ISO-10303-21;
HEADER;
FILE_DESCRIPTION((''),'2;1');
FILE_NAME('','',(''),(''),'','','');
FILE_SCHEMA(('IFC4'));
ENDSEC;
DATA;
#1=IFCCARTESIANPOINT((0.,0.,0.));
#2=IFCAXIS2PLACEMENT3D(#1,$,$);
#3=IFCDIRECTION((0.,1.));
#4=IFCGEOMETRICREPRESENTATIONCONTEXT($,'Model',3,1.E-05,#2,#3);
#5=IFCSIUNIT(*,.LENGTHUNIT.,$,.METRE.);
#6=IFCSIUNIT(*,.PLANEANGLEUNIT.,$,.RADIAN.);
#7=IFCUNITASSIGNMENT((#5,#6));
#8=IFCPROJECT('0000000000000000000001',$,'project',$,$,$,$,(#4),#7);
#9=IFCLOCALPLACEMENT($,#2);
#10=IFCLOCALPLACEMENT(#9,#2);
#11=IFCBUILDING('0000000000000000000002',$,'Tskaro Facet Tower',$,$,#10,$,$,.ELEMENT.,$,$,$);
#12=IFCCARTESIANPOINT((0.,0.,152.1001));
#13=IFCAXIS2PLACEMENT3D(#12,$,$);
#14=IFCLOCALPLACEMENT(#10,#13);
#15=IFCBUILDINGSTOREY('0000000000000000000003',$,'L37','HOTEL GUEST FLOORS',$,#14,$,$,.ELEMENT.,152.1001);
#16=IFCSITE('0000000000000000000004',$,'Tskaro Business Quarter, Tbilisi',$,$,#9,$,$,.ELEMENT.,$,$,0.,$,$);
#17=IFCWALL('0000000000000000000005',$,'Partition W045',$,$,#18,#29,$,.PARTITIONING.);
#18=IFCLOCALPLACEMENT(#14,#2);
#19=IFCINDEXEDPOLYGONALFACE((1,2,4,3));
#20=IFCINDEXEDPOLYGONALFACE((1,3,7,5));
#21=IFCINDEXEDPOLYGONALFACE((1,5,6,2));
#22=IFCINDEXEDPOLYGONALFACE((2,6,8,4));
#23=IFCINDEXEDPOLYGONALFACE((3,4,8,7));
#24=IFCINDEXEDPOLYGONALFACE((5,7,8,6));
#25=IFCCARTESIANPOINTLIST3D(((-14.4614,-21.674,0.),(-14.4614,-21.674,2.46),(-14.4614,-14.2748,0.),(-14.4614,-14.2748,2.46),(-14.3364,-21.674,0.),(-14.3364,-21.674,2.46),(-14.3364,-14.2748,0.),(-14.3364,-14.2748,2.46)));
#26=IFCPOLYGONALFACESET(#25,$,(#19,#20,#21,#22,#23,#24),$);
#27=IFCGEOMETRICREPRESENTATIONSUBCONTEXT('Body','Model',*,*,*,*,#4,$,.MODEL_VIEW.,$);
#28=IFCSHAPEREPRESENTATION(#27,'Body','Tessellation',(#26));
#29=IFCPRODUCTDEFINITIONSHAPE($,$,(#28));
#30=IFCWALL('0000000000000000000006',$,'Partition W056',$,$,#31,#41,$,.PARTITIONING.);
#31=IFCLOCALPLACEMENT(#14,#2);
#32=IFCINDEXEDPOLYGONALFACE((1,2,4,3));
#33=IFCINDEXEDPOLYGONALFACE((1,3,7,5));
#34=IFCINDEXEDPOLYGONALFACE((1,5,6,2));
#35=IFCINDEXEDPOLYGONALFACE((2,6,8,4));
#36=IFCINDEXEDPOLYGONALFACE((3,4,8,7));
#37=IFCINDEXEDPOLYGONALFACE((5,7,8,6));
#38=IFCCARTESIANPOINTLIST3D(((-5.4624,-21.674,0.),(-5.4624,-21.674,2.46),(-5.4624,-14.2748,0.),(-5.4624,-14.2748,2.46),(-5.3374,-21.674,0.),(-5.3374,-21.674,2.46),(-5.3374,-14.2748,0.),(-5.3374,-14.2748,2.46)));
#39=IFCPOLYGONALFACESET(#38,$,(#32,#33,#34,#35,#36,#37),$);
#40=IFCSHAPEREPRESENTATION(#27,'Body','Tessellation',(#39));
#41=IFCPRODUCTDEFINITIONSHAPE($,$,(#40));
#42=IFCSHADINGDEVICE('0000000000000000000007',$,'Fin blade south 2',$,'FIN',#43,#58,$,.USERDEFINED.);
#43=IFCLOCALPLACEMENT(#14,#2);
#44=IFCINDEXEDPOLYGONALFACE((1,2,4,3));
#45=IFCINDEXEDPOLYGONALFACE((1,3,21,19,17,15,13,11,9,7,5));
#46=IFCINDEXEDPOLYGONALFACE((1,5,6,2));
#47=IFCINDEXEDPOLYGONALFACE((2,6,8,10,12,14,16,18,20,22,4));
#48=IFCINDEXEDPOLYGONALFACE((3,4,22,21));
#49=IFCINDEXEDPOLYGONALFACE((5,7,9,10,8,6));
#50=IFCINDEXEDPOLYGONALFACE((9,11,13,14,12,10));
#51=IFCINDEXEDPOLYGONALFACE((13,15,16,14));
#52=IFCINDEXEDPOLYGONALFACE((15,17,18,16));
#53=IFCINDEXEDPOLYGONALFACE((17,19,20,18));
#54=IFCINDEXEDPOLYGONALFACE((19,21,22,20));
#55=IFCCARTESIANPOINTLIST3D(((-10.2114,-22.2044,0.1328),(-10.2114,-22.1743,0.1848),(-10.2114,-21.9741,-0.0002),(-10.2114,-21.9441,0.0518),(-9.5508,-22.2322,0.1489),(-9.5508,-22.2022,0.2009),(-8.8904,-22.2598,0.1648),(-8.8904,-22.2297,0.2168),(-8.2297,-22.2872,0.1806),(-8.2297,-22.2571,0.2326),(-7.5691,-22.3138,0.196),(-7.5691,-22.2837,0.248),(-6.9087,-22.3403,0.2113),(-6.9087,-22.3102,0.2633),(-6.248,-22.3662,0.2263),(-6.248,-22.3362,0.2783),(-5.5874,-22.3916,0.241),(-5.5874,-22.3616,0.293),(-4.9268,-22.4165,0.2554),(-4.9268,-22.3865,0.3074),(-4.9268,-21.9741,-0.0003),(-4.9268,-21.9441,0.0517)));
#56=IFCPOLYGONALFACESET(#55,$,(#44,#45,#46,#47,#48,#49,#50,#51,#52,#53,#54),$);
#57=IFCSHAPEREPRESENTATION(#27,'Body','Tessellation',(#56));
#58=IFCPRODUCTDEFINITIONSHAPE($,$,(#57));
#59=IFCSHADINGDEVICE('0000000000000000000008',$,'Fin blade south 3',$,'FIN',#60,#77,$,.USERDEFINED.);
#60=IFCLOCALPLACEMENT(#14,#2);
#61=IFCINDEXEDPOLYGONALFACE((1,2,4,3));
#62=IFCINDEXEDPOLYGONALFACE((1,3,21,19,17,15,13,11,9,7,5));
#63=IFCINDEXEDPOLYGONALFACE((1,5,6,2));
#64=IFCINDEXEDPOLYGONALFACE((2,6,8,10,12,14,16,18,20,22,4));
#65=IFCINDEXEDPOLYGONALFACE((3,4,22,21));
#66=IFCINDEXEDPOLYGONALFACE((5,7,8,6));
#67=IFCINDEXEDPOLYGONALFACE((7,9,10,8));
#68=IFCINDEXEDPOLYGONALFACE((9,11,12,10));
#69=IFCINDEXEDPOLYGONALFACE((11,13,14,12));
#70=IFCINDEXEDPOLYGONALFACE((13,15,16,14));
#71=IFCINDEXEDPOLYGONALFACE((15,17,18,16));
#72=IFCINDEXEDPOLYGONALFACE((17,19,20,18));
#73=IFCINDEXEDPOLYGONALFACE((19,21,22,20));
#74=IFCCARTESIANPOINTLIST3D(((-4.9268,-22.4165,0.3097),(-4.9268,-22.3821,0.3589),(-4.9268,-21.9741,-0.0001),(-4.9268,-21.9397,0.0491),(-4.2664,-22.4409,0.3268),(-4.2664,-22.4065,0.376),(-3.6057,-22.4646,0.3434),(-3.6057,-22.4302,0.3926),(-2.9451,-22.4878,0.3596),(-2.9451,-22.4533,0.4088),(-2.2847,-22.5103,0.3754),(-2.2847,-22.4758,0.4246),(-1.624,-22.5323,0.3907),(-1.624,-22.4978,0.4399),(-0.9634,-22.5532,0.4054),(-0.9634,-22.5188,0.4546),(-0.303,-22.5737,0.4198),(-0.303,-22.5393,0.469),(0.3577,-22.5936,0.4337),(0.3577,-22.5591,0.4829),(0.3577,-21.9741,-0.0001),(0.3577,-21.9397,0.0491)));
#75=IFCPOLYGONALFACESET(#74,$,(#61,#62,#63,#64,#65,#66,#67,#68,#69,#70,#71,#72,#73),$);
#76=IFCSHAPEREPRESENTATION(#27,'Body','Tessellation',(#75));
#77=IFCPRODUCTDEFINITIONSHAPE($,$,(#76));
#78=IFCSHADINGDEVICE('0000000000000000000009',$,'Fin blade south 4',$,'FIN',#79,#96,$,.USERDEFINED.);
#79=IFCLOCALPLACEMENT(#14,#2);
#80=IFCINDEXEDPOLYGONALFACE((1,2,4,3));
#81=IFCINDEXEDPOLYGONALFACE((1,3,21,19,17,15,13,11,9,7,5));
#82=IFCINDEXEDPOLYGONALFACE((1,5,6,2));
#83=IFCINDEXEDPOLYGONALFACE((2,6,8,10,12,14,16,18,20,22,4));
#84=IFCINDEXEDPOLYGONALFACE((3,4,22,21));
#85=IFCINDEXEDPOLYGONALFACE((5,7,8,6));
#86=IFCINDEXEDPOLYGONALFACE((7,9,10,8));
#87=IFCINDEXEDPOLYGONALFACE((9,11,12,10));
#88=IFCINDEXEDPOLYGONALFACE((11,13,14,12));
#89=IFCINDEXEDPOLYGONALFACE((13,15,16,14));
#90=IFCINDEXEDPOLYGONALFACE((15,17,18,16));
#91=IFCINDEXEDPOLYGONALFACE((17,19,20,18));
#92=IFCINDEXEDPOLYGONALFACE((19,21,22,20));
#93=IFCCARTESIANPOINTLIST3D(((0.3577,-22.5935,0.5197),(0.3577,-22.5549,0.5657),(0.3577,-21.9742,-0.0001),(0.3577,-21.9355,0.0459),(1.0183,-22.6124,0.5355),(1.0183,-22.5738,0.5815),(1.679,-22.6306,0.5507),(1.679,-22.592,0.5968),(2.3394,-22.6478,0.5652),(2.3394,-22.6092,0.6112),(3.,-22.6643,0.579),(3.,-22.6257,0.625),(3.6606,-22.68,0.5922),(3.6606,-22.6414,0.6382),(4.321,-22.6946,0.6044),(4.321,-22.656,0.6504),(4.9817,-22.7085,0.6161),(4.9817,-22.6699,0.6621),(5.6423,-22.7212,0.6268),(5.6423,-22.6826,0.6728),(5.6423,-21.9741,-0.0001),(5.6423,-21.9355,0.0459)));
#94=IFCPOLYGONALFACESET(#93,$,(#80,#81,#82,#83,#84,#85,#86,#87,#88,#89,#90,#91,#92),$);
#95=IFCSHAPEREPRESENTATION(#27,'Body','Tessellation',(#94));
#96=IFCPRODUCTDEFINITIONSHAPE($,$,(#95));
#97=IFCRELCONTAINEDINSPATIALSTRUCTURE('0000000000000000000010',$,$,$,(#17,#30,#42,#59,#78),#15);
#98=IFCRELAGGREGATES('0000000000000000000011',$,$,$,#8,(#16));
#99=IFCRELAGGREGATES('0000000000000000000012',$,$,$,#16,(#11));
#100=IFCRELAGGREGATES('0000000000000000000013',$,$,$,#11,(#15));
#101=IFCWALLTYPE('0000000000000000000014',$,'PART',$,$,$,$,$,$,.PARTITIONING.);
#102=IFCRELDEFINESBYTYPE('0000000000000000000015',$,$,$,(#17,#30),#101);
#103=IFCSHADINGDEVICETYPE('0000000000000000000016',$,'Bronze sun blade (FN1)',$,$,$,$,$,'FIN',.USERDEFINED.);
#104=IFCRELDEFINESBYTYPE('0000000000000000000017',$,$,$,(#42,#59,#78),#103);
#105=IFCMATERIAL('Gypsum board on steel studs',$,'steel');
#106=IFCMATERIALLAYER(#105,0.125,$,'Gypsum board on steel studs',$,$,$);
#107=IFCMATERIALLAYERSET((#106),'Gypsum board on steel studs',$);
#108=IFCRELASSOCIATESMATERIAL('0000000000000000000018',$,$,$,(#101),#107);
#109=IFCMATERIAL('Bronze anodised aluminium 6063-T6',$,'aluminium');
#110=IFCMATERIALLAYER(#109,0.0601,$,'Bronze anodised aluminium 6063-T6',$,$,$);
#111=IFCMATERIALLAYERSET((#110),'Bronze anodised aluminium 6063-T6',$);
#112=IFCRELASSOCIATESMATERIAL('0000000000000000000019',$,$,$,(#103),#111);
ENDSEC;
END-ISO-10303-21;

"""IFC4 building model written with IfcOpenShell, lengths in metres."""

from ifc_helpers import new_model, si_unit, direction, frame, frame_2d, origin, place, context, subcontext, project, spatial, polyline, rectangle, outline, extrude, material, layer, layer_set, type_object, element, save


model = new_model("IFC4")

# Units and contexts
model_context = context("Model", 3, precision=1e-05, world=origin(), true_north=direction((0.0, 1.0)))
body_context = subcontext(model_context, "Body", "Model", "MODEL_VIEW")
ifc_project = project(units=[si_unit("LENGTHUNIT", "METRE"), si_unit("PLANEANGLEUNIT", "RADIAN")], contexts=[model_context])

# Site, building, storey
site_placement = place(None, origin())
site = spatial("IfcSite", under=ifc_project, at=site_placement, Name="Tskaro Business Quarter, Tbilisi", CompositionType="ELEMENT", RefElevation=0.0)
building_placement = place(site_placement, origin())
building = spatial("IfcBuilding", under=site, at=building_placement, Name="Tskaro Facet Tower", CompositionType="ELEMENT")
storey_placement = place(building_placement, frame((0.0, 0.0, 152.1001)))
storey = spatial("IfcBuildingStorey", under=building, at=storey_placement, Name="L37", Description="HOTEL GUEST FLOORS", CompositionType="ELEMENT", Elevation=152.1001)

# Shared definitions
ifc_material_1 = material(Name="Bronze anodised aluminium 6063-T6", Category="aluminium")

# Walls
ifc_material_2 = material(Name="Gypsum board on steel studs", Category="steel")
ifc_layer_1 = layer(ifc_material_2, 0.125, Name="Gypsum board on steel studs")
ifc_layer_set_1 = layer_set([ifc_layer_1], Name="Gypsum board on steel studs")
wall_type = type_object("IfcWallType", Name="PART", PredefinedType="PARTITIONING", material=ifc_layer_set_1)
for number, where, z_axis, x_axis, name in (
    (1, (-14.3989, -21.6741, 0.0), (0.0, 0.0, 1.0), (0.0, 1.0, 0.0), "Partition W045"),
    (2, (-5.3999, -21.6741, 0.0), (0.0, 0.0, 1.0), (0.0, 1.0, 0.0), "Partition W056"),
):
    element("IfcWall", number, at=place(storey_placement, frame(where, z_axis=z_axis, x_axis=x_axis)), inside=storey, type_object=wall_type, Name=name, PredefinedType="PARTITIONING", context=body_context, shape_type="SweptSolid", body=[
        extrude(rectangle(XDim=7.3992, YDim=0.125, at=frame_2d((3.6997, 0.0))), origin(), (0.0, 0.0, 1.0), 2.46),
    ])

# Shading devices
ifc_layer_2 = layer(ifc_material_1, 0.0601, Name="Bronze anodised aluminium 6063-T6")
ifc_layer_set_2 = layer_set([ifc_layer_2], Name="Bronze anodised aluminium 6063-T6")
shading_device_type = type_object("IfcShadingDeviceType", Name="Bronze sun blade (FN1)", ElementType="FIN", PredefinedType="USERDEFINED", material=ifc_layer_set_2)
shading_device_1_placement = place(storey_placement, frame((-10.2114, -21.9441, 0.0518), z_axis=(0.000002, 0.500302, 0.865851), x_axis=(1.0, -0.000001, -0.000002)))
element("IfcShadingDevice", 3, at=shading_device_1_placement, inside=storey, type_object=shading_device_type, Name="Fin blade south 2", ObjectType="FIN", PredefinedType="USERDEFINED", context=body_context, shape_type="SweptSolid", body=[
    extrude(outline(polyline([(0.0, 0.0), (5.2847, 0.0), (5.2847, -0.5109), (4.624, -0.4822), (3.9634, -0.4528), (3.3027, -0.4229), (2.6423, -0.3922), (1.9817, -0.3615), (1.321, -0.3299), (0.6606, -0.2981), (0.0, -0.2659), (0.0, 0.0)])), origin(), (0.0, 0.0, -1.0), 0.0601),
])
shading_device_2_placement = place(storey_placement, frame((-4.9268, -21.9397, 0.0491), z_axis=(-0.000006, 0.57363, 0.819114), x_axis=(1.0, 0.000004, 0.000005)))
element("IfcShadingDevice", 4, at=shading_device_2_placement, inside=storey, type_object=shading_device_type, Name="Fin blade south 3", ObjectType="FIN", PredefinedType="USERDEFINED", context=body_context, shape_type="SweptSolid", body=[
    extrude(outline(polyline([(0.0, 0.0), (5.2844, 0.0), (5.2844, -0.7562), (4.6238, -0.732), (3.9634, -0.707), (3.3027, -0.6814), (2.6421, -0.6545), (1.9817, -0.627), (1.321, -0.5988), (0.6604, -0.5699), (0.0, -0.5401), (0.0, 0.0)])), origin(), (0.0, 0.0, -1.0), 0.0601),
])
shading_device_3_placement = place(storey_placement, frame((0.3577, -21.9355, 0.0459), z_axis=(-0.000002, 0.642813, 0.766023), x_axis=(1.0, 0.000002, 0.000002)))
element("IfcShadingDevice", 5, at=shading_device_3_placement, inside=storey, type_object=shading_device_type, Name="Fin blade south 4", ObjectType="FIN", PredefinedType="USERDEFINED", context=body_context, shape_type="SweptSolid", body=[
    extrude(outline(polyline([(0.0, 0.0), (5.2847, 0.0), (5.2847, -0.9753), (4.624, -0.9587), (3.9634, -0.9405), (3.303, -0.9214), (2.6423, -0.901), (1.9817, -0.8794), (1.3213, -0.8569), (0.6606, -0.8332), (0.0, -0.8086), (0.0, 0.0)])), origin(), (0.0, 0.0, -1.0), 0.0601),
])

save(model, "model.ifc")
